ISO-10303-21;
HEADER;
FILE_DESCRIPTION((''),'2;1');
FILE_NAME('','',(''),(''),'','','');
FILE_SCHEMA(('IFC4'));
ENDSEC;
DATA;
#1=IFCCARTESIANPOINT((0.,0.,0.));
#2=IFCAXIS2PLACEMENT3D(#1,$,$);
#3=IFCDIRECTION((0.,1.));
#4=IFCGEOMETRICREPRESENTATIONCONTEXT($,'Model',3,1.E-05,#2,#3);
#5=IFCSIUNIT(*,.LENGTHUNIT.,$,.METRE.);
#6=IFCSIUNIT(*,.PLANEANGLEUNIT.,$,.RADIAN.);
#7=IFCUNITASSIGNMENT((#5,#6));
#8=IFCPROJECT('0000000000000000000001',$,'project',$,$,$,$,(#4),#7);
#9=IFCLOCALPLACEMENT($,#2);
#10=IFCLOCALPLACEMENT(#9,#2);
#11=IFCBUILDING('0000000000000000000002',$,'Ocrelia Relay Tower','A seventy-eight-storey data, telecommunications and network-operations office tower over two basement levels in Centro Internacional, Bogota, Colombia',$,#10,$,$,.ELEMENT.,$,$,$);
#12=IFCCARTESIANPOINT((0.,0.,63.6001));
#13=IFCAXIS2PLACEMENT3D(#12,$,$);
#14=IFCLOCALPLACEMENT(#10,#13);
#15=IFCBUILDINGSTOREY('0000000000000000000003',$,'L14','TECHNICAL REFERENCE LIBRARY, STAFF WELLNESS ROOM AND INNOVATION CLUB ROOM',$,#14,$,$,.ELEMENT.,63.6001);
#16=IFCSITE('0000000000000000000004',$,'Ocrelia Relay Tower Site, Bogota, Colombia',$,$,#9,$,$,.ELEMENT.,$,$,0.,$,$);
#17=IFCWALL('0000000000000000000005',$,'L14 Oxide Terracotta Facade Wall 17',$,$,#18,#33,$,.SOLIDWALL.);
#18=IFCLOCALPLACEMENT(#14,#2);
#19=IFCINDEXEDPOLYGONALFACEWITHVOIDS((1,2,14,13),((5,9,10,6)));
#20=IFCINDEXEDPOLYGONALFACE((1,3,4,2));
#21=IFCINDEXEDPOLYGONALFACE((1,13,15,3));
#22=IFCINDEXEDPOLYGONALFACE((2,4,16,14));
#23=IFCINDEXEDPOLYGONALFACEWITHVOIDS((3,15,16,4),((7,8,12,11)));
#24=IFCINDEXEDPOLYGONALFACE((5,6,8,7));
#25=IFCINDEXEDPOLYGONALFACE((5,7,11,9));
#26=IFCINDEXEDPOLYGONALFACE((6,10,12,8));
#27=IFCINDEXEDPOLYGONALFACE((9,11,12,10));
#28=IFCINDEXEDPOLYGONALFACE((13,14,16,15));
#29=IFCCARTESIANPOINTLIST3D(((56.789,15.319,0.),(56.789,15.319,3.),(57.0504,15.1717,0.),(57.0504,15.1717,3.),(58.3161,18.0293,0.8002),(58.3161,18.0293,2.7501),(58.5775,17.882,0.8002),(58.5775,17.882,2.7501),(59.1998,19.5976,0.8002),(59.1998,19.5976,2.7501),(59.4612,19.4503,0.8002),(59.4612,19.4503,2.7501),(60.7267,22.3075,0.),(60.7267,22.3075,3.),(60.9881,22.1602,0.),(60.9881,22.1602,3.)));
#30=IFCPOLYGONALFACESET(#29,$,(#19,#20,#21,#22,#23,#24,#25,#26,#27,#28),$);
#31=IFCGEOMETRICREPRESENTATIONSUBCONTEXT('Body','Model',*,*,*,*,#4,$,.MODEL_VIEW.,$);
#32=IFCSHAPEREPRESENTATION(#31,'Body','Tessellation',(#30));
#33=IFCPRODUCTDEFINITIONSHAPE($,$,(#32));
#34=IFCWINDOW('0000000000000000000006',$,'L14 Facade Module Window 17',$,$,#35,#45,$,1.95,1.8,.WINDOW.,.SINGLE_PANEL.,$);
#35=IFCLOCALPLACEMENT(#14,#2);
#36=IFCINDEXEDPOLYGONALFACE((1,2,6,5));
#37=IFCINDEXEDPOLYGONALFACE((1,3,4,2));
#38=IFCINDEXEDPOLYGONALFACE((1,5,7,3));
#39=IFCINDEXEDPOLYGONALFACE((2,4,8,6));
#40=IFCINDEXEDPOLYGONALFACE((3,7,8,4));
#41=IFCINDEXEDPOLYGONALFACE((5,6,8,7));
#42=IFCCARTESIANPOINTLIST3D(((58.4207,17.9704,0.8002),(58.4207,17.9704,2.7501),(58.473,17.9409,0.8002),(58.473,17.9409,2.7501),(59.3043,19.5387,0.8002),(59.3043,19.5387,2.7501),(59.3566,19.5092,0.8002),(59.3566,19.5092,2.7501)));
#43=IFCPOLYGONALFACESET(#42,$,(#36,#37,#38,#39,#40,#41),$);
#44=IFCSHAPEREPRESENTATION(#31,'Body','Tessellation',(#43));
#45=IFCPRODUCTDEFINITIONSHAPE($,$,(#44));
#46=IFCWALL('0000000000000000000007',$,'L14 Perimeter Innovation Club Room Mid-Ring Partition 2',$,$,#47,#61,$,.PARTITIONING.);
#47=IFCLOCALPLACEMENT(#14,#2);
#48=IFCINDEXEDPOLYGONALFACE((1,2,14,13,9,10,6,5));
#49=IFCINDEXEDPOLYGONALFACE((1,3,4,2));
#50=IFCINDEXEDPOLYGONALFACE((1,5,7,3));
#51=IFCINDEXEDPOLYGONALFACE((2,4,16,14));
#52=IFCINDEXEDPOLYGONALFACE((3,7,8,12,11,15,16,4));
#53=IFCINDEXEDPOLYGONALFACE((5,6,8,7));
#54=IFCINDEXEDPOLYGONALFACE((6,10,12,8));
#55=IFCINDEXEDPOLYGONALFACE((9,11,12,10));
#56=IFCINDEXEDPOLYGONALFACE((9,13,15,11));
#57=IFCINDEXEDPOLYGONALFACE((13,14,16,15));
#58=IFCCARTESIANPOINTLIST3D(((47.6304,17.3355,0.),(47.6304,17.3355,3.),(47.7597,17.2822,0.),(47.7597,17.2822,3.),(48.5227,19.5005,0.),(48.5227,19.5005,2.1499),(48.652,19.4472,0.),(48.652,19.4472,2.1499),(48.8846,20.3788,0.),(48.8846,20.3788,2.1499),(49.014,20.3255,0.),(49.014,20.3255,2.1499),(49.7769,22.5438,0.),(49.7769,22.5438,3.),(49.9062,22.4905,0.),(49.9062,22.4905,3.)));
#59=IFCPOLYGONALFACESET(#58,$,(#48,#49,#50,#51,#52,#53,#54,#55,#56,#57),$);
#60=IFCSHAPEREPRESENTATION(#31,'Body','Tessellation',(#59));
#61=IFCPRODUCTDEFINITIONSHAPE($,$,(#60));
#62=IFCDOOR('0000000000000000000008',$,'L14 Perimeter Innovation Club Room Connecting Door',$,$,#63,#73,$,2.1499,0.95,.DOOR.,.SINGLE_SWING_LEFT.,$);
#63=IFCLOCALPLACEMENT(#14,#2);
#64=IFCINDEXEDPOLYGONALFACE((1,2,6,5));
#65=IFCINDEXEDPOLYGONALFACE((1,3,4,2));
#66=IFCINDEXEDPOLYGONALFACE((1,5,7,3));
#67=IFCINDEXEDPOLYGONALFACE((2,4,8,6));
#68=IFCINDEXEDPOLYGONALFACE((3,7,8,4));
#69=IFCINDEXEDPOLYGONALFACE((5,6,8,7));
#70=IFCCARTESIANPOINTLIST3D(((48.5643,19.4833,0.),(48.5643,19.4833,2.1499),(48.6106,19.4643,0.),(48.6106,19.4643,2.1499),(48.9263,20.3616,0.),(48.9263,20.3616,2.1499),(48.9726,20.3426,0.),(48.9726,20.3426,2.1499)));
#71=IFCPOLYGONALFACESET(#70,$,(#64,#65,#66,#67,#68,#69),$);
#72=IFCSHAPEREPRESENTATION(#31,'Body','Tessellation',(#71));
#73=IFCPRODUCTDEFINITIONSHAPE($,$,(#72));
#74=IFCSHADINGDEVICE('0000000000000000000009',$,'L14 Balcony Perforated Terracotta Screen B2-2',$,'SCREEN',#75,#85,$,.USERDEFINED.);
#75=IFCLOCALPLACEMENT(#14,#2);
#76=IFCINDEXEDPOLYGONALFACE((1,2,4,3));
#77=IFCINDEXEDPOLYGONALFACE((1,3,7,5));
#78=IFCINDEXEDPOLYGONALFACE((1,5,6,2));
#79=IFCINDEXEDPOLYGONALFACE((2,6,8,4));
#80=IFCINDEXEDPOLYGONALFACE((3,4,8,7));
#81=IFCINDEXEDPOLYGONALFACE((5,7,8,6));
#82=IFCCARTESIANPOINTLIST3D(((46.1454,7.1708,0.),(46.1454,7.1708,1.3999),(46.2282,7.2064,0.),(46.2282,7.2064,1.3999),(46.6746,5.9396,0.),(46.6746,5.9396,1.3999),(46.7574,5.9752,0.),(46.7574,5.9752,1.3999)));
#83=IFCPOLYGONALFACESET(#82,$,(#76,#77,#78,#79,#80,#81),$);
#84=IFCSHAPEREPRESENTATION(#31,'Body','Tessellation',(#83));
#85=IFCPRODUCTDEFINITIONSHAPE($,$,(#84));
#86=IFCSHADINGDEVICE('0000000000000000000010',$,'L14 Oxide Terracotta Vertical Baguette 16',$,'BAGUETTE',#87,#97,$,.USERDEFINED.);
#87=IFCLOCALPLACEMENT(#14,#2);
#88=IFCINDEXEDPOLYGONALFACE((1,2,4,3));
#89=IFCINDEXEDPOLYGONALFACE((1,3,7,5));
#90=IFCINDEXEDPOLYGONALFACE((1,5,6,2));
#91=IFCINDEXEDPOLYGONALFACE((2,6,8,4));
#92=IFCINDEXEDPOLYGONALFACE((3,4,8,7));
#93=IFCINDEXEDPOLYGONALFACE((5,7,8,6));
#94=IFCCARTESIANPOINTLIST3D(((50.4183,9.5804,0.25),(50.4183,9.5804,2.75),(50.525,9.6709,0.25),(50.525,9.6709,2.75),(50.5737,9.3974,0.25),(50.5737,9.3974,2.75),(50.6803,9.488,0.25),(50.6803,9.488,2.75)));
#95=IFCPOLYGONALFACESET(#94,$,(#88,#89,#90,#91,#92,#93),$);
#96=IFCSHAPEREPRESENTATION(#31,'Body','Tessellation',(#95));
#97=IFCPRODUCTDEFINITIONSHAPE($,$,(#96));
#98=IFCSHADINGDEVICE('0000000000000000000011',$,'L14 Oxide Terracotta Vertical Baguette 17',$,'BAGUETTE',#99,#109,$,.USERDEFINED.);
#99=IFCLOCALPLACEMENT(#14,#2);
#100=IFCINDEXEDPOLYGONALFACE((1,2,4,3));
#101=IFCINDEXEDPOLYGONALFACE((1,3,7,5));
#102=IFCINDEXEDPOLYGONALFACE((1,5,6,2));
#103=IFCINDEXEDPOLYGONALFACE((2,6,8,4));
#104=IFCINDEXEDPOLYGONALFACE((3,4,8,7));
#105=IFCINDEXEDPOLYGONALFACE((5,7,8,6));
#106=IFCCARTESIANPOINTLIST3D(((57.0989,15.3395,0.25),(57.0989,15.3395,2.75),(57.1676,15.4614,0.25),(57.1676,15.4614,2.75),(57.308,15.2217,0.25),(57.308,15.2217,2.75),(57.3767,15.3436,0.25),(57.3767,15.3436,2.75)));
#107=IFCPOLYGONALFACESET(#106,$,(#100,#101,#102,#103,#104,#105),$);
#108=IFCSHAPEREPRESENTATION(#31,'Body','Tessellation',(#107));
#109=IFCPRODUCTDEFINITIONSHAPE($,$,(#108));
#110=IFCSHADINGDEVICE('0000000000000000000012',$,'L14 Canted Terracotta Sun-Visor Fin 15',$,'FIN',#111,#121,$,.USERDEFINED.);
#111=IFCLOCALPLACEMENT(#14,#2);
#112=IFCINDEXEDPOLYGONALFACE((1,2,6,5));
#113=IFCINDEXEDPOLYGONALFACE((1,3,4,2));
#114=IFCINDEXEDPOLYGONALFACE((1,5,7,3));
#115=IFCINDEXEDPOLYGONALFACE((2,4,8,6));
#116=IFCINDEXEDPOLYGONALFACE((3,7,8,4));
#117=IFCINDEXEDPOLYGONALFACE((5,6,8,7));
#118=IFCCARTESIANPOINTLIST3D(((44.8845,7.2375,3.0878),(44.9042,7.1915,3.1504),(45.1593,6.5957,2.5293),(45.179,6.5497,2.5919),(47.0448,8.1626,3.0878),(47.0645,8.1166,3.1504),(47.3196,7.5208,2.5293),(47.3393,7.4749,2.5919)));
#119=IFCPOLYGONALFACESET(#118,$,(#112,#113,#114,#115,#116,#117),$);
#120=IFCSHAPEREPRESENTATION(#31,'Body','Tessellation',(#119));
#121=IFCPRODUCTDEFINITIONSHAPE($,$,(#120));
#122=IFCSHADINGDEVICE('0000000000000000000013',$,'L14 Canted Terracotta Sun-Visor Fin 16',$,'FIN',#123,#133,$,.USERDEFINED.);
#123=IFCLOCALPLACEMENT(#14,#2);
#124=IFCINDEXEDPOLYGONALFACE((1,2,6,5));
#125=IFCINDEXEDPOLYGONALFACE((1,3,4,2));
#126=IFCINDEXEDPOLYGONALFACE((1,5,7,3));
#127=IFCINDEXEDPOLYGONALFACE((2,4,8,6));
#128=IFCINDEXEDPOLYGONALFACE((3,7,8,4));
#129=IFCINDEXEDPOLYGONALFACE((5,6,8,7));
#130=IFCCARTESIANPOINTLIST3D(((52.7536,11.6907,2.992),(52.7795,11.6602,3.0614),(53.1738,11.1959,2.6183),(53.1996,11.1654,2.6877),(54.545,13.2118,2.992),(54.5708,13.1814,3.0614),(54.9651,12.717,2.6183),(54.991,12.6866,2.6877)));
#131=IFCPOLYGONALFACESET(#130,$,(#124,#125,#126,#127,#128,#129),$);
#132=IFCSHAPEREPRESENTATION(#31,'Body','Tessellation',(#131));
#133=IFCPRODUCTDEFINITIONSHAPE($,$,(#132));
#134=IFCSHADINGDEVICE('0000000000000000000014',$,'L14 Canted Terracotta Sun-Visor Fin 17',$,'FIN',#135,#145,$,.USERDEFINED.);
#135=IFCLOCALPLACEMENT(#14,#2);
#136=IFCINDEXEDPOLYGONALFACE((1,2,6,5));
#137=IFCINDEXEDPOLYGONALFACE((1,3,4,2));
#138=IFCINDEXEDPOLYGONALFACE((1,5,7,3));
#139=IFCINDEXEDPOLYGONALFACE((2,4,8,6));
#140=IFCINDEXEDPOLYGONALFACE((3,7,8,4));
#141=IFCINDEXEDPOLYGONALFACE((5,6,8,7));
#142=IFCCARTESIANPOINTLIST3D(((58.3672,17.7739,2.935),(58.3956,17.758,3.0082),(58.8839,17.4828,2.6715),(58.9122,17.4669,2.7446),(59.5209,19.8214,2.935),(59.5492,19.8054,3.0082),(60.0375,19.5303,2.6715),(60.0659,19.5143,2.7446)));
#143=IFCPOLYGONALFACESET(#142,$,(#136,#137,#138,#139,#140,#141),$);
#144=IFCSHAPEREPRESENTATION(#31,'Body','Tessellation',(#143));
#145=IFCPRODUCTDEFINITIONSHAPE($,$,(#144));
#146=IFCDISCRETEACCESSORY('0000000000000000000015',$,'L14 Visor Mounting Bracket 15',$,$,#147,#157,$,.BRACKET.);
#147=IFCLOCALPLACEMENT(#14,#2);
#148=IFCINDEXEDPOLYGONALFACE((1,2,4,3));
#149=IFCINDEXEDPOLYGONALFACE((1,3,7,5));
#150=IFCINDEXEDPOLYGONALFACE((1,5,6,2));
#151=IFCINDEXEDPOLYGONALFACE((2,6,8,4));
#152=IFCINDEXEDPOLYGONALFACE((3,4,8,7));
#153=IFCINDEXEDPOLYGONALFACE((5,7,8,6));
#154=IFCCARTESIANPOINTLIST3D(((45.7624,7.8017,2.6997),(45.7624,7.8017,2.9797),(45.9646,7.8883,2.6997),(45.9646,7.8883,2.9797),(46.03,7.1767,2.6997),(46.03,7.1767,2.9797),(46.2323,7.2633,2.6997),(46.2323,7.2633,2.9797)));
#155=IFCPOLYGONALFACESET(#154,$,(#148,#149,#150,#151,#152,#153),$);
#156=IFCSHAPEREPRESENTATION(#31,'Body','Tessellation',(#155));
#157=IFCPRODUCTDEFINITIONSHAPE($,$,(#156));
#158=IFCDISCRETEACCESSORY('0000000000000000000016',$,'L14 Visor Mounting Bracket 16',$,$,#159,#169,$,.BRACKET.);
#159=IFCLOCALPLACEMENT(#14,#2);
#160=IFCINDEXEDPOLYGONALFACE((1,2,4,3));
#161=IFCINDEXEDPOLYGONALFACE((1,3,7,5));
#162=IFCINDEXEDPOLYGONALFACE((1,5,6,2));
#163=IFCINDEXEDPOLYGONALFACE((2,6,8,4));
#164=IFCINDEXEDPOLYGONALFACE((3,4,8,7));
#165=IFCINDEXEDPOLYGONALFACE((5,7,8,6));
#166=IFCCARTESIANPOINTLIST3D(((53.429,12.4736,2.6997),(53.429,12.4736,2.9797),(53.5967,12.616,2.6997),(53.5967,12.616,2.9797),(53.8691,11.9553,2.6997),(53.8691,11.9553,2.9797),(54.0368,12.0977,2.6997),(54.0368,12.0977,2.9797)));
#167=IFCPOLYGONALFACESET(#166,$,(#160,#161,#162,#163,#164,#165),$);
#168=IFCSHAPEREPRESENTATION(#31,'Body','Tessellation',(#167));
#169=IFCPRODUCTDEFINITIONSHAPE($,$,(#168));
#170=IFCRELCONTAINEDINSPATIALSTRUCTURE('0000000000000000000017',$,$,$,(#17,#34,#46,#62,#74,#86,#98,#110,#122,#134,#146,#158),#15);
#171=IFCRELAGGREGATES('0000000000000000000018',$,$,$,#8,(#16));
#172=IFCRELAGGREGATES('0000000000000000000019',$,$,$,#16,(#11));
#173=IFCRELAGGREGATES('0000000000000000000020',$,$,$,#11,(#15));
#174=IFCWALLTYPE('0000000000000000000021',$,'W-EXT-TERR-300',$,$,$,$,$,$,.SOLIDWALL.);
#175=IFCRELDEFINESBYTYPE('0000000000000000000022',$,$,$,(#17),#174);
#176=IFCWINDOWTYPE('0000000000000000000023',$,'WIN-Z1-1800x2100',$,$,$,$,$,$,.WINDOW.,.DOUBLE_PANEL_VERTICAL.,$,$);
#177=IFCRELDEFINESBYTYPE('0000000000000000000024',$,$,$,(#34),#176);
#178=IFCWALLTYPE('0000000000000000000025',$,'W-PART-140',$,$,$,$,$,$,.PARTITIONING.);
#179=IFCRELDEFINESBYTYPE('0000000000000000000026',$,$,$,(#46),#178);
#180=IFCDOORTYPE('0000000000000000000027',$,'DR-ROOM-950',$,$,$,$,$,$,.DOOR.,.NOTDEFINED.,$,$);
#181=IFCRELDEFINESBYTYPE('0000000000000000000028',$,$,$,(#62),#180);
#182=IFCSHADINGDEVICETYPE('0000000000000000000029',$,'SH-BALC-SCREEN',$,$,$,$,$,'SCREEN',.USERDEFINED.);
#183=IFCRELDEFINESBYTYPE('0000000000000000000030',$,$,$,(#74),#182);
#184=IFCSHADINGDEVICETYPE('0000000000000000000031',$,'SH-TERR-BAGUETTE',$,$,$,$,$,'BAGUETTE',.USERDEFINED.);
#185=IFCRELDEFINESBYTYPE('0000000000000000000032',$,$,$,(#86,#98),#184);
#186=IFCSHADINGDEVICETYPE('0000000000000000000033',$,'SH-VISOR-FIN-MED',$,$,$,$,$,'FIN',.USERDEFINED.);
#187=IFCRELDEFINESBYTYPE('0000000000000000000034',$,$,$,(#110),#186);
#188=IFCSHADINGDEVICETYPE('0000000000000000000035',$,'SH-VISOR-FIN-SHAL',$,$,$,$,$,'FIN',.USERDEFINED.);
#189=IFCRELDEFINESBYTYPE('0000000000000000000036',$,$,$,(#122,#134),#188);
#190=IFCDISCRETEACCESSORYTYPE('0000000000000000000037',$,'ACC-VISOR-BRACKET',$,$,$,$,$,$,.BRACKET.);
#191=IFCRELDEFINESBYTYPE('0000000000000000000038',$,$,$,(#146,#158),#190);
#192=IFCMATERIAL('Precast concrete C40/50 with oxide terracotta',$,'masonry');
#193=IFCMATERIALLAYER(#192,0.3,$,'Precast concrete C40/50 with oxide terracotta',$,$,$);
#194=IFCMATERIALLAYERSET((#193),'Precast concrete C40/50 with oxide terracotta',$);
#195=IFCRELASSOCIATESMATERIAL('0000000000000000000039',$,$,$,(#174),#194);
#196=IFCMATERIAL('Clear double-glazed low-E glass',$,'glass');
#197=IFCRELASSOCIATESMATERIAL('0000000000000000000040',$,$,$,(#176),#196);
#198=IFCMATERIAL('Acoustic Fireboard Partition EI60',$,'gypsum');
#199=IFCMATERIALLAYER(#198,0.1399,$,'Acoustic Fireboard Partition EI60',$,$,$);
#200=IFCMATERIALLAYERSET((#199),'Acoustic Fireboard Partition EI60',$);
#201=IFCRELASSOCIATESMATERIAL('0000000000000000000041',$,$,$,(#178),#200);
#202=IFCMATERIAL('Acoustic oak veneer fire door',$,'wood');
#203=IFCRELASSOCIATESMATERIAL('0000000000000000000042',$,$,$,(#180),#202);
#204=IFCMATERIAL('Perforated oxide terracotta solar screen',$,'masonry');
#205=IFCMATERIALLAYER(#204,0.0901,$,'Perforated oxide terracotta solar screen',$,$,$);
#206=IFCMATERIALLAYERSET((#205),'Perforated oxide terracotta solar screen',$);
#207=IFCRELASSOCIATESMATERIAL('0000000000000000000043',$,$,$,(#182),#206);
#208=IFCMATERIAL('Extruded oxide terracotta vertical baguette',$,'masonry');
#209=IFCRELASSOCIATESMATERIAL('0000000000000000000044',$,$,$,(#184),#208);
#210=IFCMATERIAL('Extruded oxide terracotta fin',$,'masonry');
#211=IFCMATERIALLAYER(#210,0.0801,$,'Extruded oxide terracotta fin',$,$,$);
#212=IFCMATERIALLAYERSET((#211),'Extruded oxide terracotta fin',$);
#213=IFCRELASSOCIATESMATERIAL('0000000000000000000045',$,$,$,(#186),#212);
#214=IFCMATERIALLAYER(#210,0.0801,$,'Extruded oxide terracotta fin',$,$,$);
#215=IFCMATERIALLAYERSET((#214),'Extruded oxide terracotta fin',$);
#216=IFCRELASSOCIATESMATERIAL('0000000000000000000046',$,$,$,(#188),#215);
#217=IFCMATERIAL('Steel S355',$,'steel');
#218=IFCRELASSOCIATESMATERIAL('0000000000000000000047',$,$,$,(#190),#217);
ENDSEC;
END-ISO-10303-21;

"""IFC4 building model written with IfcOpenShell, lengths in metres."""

from ifc_helpers import new_model, si_unit, direction, frame, frame_2d, origin, origin_2d, place, context, subcontext, project, spatial, rectangle, extrude, material, layer, layer_set, type_object, element, fill, save


model = new_model("IFC4")

# Units and contexts
model_context = context("Model", 3, precision=1e-05, world=origin(), true_north=direction((0.0, 1.0)))
body_context = subcontext(model_context, "Body", "Model", "MODEL_VIEW")
ifc_project = project(units=[si_unit("LENGTHUNIT", "METRE"), si_unit("PLANEANGLEUNIT", "RADIAN")], contexts=[model_context])

# Site, building, storey
site_placement = place(None, origin())
site = spatial("IfcSite", under=ifc_project, at=site_placement, Name="Ocrelia Relay Tower Site, Bogota, Colombia", CompositionType="ELEMENT", RefElevation=0.0)
building_placement = place(site_placement, origin())
building = spatial("IfcBuilding", under=site, at=building_placement, Name="Ocrelia Relay Tower", Description="A seventy-eight-storey data, telecommunications and network-operations office tower over two basement levels in Centro Internacional, Bogota, Colombia", CompositionType="ELEMENT")
storey_placement = place(building_placement, frame((0.0, 0.0, 63.6001)))
storey = spatial("IfcBuildingStorey", under=building, at=storey_placement, Name="L14", Description="TECHNICAL REFERENCE LIBRARY, STAFF WELLNESS ROOM AND INNOVATION CLUB ROOM", CompositionType="ELEMENT", Elevation=63.6001)

# Shared definitions
ifc_material_1 = material(Name="Steel S355", Category="steel")

# Shared definitions
ifc_material_2 = material(Name="Acoustic oak veneer fire door", Category="wood")

# Wall, opening, window
ifc_material_3 = material(Name="Precast concrete C40/50 with oxide terracotta", Category="masonry")
ifc_layer_1 = layer(ifc_material_3, 0.3, Name="Precast concrete C40/50 with oxide terracotta")
ifc_layer_set_1 = layer_set([ifc_layer_1], Name="Precast concrete C40/50 with oxide terracotta")
wall_type_1 = type_object("IfcWallType", Name="W-EXT-TERR-300", PredefinedType="SOLIDWALL", material=ifc_layer_set_1)
ifc_material_4 = material(Name="Clear double-glazed low-E glass", Category="glass")
window_type = type_object("IfcWindowType", Name="WIN-Z1-1800x2100", PartitioningType="DOUBLE_PANEL_VERTICAL", PredefinedType="WINDOW", material=ifc_material_4)
wall_1_placement = place(storey_placement, frame((56.9197, 15.2454, 0.0), z_axis=(0.0, 0.0, 1.0), x_axis=(0.490895, 0.871218, 0.0)))
wall_1 = element("IfcWall", 1, at=wall_1_placement, inside=storey, type_object=wall_type_1, Name="L14 Oxide Terracotta Facade Wall 17", PredefinedType="SOLIDWALL", context=body_context, shape_type="SweptSolid", body=[
    extrude(rectangle(XDim=8.0215, YDim=0.3, at=frame_2d((4.0107, 0.0))), origin(), (0.0, 0.0, 1.0), 3.0),
])
opening_1_placement = place(wall_1_placement, frame((3.1111, 0.0, 0.8)))
opening_1 = element("IfcOpeningElement", 2, at=opening_1_placement, cuts=wall_1, PredefinedType="OPENING", context=body_context, shape_type="SweptSolid", body=[
    extrude(rectangle(XDim=1.8, YDim=1.95, at=frame_2d((0.8999, 0.9751))), frame((0.0, 0.1602, 0.0), z_axis=(0.0, -1.0, 0.0), x_axis=(1.0, 0.0, 0.0)), (0.0, 0.0, 1.0), 0.3201),
])
window_1_placement = place(opening_1_placement, origin())
window_1 = element("IfcWindow", 3, at=window_1_placement, inside=storey, type_object=window_type, Name="L14 Facade Module Window 17", OverallHeight=1.95, OverallWidth=1.8, PartitioningType="SINGLE_PANEL", PredefinedType="WINDOW", context=body_context, shape_type="SweptSolid", body=[
    extrude(rectangle(XDim=1.8, YDim=1.95, at=frame_2d((0.8999, 0.9751))), frame((0.0, 0.03, 0.0), z_axis=(0.0, -1.0, 0.0), x_axis=(1.0, 0.0, 0.0)), (0.0, 0.0, 1.0), 0.0601),
])
fill(opening_1, window_1)

# Wall, opening, door
ifc_material_5 = material(Name="Acoustic Fireboard Partition EI60", Category="gypsum")
ifc_layer_2 = layer(ifc_material_5, 0.1399, Name="Acoustic Fireboard Partition EI60")
ifc_layer_set_2 = layer_set([ifc_layer_2], Name="Acoustic Fireboard Partition EI60")
wall_type_2 = type_object("IfcWallType", Name="W-PART-140", PredefinedType="PARTITIONING", material=ifc_layer_set_2)
wall_2_placement = place(storey_placement, frame((47.6951, 17.3088, 0.0), z_axis=(0.0, 0.0, 1.0), x_axis=(0.38104, 0.924559, 0.0)))
wall_2 = element("IfcWall", 4, at=wall_2_placement, inside=storey, type_object=wall_type_2, Name="L14 Perimeter Innovation Club Room Mid-Ring Partition 2", PredefinedType="PARTITIONING", context=body_context, shape_type="SweptSolid", body=[
    extrude(rectangle(XDim=5.6333, YDim=0.1399, at=frame_2d((2.8167, 0.0))), origin(), (0.0, 0.0, 1.0), 3.0),
])
opening_2_placement = place(wall_2_placement, frame((2.3416, 0.0, 0.0)))
opening_2 = element("IfcOpeningElement", 5, at=opening_2_placement, cuts=wall_2, PredefinedType="OPENING", context=body_context, shape_type="SweptSolid", body=[
    extrude(rectangle(XDim=0.95, YDim=2.1499, at=frame_2d((0.4751, 1.075))), frame((0.0, 0.0801, 0.0), z_axis=(0.0, -1.0, 0.0), x_axis=(1.0, 0.0, 0.0)), (0.0, 0.0, 1.0), 0.1599),
])
door_type_1 = type_object("IfcDoorType", Name="DR-ROOM-950", OperationType="NOTDEFINED", PredefinedType="DOOR", material=ifc_material_2)
door_1_placement = place(opening_2_placement, origin())
door_1 = element("IfcDoor", 6, at=door_1_placement, inside=storey, type_object=door_type_1, Name="L14 Perimeter Innovation Club Room Connecting Door", OperationType="SINGLE_SWING_LEFT", OverallHeight=2.1499, OverallWidth=0.95, PredefinedType="DOOR", context=body_context, shape_type="SweptSolid", body=[
    extrude(rectangle(XDim=0.95, YDim=2.1499, at=frame_2d((0.4751, 1.075))), frame((0.0, 0.0249, 0.0), z_axis=(0.0, -1.0, 0.0), x_axis=(1.0, 0.0, 0.0)), (0.0, 0.0, 1.0), 0.05),
])
fill(opening_2, door_1)

# Shading devices
ifc_material_6 = material(Name="Perforated oxide terracotta solar screen", Category="masonry")
ifc_layer_3 = layer(ifc_material_6, 0.0901, Name="Perforated oxide terracotta solar screen")
ifc_layer_set_3 = layer_set([ifc_layer_3], Name="Perforated oxide terracotta solar screen")
shading_device_type_1 = type_object("IfcShadingDeviceType", Name="SH-BALC-SCREEN", ElementType="SCREEN", PredefinedType="USERDEFINED", material=ifc_layer_set_3)
shading_device_1_placement = place(storey_placement, frame((46.4514, 6.573, 0.0), z_axis=(0.0, 0.0, 1.0), x_axis=(0.394915, -0.918718, 0.0)))
element("IfcShadingDevice", 7, at=shading_device_1_placement, inside=storey, type_object=shading_device_type_1, Name="L14 Balcony Perforated Terracotta Screen B2-2", ObjectType="SCREEN", PredefinedType="USERDEFINED", context=body_context, shape_type="SweptSolid", body=[
    extrude(rectangle(XDim=1.3401, YDim=0.0901, at=origin_2d()), origin(), (0.0, 0.0, 1.0), 1.3999),
])
ifc_material_7 = material(Name="Extruded oxide terracotta vertical baguette", Category="masonry")
shading_device_type_2 = type_object("IfcShadingDeviceType", Name="SH-TERR-BAGUETTE", ElementType="BAGUETTE", PredefinedType="USERDEFINED", material=ifc_material_7)
for number, where, z_axis, x_axis, name in (
    (8, (50.5493, 9.5342, 0.25), (0.0, 0.0, 1.0), (0.762252, 0.647281, 0.0), "L14 Oxide Terracotta Vertical Baguette 16"),
    (9, (57.2378, 15.3416, 0.25), (0.0, 0.0, 1.0), (0.490897, 0.871218, 0.0), "L14 Oxide Terracotta Vertical Baguette 17"),
):
    element("IfcShadingDevice", number, at=place(storey_placement, frame(where, z_axis=z_axis, x_axis=x_axis)), inside=storey, type_object=shading_device_type_2, Name=name, ObjectType="BAGUETTE", PredefinedType="USERDEFINED", context=body_context, shape_type="SweptSolid", body=[
        extrude(rectangle(XDim=0.1399, YDim=0.24, at=origin_2d()), origin(), (0.0, 0.0, 1.0), 2.5),
    ])
ifc_material_8 = material(Name="Extruded oxide terracotta fin", Category="masonry")
ifc_layer_4 = layer(ifc_material_8, 0.0801, Name="Extruded oxide terracotta fin")
ifc_layer_set_4 = layer_set([ifc_layer_4], Name="Extruded oxide terracotta fin")
shading_device_type_3 = type_object("IfcShadingDeviceType", Name="SH-VISOR-FIN-MED", ElementType="FIN", PredefinedType="USERDEFINED", material=ifc_layer_set_4)
shading_device_2_placement = place(storey_placement, frame((46.1021, 7.3792, 2.8086), z_axis=(0.24592, -0.574256, 0.780867), x_axis=(0.919255, 0.393663, 0.0)))
element("IfcShadingDevice", 10, at=shading_device_2_placement, inside=storey, type_object=shading_device_type_3, Name="L14 Canted Terracotta Sun-Visor Fin 15", ObjectType="FIN", PredefinedType="USERDEFINED", context=body_context, shape_type="SweptSolid", body=[
    extrude(rectangle(XDim=2.3501, YDim=0.894, at=origin_2d()), origin(), (0.0, 0.0, 1.0), 0.0801),
])
ifc_layer_5 = layer(ifc_material_8, 0.0801, Name="Extruded oxide terracotta fin")
ifc_layer_set_5 = layer_set([ifc_layer_5], Name="Extruded oxide terracotta fin")
shading_device_type_4 = type_object("IfcShadingDeviceType", Name="SH-VISOR-FIN-SHAL", ElementType="FIN", PredefinedType="USERDEFINED", material=ifc_layer_set_5)
shading_device_3_placement = place(storey_placement, frame((53.8594, 12.2039, 2.8052), z_axis=(0.322955, -0.380319, 0.866636), x_axis=(0.762252, 0.647281, 0.0)))
element("IfcShadingDevice", 11, at=shading_device_3_placement, inside=storey, type_object=shading_device_type_4, Name="L14 Canted Terracotta Sun-Visor Fin 16", ObjectType="FIN", PredefinedType="USERDEFINED", context=body_context, shape_type="SweptSolid", body=[
    extrude(rectangle(XDim=2.3501, YDim=0.749, at=origin_2d()), origin(), (0.0, 0.0, 1.0), 0.0801),
])
shading_device_4_placement = place(storey_placement, frame((59.2024, 18.6521, 2.8032), z_axis=(0.3538, -0.199353, 0.913829), x_axis=(0.490897, 0.871218, 0.0)))
element("IfcShadingDevice", 12, at=shading_device_4_placement, inside=storey, type_object=shading_device_type_4, Name="L14 Canted Terracotta Sun-Visor Fin 17", ObjectType="FIN", PredefinedType="USERDEFINED", context=body_context, shape_type="SweptSolid", body=[
    extrude(rectangle(XDim=2.3501, YDim=0.6489, at=origin_2d()), origin(), (0.0, 0.0, 1.0), 0.0801),
])

# Discrete accessories
discrete_accessory_type = type_object("IfcDiscreteAccessoryType", Name="ACC-VISOR-BRACKET", PredefinedType="BRACKET", material=ifc_material_1)
for number, where, z_axis, x_axis, name in (
    (13, (45.9973, 7.5325, 2.6997), (0.0, 0.0, 1.0), (0.919255, 0.393663, 0.0), "L14 Visor Mounting Bracket 15"),
    (14, (53.7329, 12.2856, 2.6997), (0.0, 0.0, 1.0), (0.762252, 0.647281, 0.0), "L14 Visor Mounting Bracket 16"),
):
    element("IfcDiscreteAccessory", number, at=place(storey_placement, frame(where, z_axis=z_axis, x_axis=x_axis)), inside=storey, type_object=discrete_accessory_type, Name=name, PredefinedType="BRACKET", context=body_context, shape_type="SweptSolid", body=[
        extrude(rectangle(XDim=0.22, YDim=0.6799, at=origin_2d()), origin(), (0.0, 0.0, 1.0), 0.28),
    ])

save(model, "model.ifc")
